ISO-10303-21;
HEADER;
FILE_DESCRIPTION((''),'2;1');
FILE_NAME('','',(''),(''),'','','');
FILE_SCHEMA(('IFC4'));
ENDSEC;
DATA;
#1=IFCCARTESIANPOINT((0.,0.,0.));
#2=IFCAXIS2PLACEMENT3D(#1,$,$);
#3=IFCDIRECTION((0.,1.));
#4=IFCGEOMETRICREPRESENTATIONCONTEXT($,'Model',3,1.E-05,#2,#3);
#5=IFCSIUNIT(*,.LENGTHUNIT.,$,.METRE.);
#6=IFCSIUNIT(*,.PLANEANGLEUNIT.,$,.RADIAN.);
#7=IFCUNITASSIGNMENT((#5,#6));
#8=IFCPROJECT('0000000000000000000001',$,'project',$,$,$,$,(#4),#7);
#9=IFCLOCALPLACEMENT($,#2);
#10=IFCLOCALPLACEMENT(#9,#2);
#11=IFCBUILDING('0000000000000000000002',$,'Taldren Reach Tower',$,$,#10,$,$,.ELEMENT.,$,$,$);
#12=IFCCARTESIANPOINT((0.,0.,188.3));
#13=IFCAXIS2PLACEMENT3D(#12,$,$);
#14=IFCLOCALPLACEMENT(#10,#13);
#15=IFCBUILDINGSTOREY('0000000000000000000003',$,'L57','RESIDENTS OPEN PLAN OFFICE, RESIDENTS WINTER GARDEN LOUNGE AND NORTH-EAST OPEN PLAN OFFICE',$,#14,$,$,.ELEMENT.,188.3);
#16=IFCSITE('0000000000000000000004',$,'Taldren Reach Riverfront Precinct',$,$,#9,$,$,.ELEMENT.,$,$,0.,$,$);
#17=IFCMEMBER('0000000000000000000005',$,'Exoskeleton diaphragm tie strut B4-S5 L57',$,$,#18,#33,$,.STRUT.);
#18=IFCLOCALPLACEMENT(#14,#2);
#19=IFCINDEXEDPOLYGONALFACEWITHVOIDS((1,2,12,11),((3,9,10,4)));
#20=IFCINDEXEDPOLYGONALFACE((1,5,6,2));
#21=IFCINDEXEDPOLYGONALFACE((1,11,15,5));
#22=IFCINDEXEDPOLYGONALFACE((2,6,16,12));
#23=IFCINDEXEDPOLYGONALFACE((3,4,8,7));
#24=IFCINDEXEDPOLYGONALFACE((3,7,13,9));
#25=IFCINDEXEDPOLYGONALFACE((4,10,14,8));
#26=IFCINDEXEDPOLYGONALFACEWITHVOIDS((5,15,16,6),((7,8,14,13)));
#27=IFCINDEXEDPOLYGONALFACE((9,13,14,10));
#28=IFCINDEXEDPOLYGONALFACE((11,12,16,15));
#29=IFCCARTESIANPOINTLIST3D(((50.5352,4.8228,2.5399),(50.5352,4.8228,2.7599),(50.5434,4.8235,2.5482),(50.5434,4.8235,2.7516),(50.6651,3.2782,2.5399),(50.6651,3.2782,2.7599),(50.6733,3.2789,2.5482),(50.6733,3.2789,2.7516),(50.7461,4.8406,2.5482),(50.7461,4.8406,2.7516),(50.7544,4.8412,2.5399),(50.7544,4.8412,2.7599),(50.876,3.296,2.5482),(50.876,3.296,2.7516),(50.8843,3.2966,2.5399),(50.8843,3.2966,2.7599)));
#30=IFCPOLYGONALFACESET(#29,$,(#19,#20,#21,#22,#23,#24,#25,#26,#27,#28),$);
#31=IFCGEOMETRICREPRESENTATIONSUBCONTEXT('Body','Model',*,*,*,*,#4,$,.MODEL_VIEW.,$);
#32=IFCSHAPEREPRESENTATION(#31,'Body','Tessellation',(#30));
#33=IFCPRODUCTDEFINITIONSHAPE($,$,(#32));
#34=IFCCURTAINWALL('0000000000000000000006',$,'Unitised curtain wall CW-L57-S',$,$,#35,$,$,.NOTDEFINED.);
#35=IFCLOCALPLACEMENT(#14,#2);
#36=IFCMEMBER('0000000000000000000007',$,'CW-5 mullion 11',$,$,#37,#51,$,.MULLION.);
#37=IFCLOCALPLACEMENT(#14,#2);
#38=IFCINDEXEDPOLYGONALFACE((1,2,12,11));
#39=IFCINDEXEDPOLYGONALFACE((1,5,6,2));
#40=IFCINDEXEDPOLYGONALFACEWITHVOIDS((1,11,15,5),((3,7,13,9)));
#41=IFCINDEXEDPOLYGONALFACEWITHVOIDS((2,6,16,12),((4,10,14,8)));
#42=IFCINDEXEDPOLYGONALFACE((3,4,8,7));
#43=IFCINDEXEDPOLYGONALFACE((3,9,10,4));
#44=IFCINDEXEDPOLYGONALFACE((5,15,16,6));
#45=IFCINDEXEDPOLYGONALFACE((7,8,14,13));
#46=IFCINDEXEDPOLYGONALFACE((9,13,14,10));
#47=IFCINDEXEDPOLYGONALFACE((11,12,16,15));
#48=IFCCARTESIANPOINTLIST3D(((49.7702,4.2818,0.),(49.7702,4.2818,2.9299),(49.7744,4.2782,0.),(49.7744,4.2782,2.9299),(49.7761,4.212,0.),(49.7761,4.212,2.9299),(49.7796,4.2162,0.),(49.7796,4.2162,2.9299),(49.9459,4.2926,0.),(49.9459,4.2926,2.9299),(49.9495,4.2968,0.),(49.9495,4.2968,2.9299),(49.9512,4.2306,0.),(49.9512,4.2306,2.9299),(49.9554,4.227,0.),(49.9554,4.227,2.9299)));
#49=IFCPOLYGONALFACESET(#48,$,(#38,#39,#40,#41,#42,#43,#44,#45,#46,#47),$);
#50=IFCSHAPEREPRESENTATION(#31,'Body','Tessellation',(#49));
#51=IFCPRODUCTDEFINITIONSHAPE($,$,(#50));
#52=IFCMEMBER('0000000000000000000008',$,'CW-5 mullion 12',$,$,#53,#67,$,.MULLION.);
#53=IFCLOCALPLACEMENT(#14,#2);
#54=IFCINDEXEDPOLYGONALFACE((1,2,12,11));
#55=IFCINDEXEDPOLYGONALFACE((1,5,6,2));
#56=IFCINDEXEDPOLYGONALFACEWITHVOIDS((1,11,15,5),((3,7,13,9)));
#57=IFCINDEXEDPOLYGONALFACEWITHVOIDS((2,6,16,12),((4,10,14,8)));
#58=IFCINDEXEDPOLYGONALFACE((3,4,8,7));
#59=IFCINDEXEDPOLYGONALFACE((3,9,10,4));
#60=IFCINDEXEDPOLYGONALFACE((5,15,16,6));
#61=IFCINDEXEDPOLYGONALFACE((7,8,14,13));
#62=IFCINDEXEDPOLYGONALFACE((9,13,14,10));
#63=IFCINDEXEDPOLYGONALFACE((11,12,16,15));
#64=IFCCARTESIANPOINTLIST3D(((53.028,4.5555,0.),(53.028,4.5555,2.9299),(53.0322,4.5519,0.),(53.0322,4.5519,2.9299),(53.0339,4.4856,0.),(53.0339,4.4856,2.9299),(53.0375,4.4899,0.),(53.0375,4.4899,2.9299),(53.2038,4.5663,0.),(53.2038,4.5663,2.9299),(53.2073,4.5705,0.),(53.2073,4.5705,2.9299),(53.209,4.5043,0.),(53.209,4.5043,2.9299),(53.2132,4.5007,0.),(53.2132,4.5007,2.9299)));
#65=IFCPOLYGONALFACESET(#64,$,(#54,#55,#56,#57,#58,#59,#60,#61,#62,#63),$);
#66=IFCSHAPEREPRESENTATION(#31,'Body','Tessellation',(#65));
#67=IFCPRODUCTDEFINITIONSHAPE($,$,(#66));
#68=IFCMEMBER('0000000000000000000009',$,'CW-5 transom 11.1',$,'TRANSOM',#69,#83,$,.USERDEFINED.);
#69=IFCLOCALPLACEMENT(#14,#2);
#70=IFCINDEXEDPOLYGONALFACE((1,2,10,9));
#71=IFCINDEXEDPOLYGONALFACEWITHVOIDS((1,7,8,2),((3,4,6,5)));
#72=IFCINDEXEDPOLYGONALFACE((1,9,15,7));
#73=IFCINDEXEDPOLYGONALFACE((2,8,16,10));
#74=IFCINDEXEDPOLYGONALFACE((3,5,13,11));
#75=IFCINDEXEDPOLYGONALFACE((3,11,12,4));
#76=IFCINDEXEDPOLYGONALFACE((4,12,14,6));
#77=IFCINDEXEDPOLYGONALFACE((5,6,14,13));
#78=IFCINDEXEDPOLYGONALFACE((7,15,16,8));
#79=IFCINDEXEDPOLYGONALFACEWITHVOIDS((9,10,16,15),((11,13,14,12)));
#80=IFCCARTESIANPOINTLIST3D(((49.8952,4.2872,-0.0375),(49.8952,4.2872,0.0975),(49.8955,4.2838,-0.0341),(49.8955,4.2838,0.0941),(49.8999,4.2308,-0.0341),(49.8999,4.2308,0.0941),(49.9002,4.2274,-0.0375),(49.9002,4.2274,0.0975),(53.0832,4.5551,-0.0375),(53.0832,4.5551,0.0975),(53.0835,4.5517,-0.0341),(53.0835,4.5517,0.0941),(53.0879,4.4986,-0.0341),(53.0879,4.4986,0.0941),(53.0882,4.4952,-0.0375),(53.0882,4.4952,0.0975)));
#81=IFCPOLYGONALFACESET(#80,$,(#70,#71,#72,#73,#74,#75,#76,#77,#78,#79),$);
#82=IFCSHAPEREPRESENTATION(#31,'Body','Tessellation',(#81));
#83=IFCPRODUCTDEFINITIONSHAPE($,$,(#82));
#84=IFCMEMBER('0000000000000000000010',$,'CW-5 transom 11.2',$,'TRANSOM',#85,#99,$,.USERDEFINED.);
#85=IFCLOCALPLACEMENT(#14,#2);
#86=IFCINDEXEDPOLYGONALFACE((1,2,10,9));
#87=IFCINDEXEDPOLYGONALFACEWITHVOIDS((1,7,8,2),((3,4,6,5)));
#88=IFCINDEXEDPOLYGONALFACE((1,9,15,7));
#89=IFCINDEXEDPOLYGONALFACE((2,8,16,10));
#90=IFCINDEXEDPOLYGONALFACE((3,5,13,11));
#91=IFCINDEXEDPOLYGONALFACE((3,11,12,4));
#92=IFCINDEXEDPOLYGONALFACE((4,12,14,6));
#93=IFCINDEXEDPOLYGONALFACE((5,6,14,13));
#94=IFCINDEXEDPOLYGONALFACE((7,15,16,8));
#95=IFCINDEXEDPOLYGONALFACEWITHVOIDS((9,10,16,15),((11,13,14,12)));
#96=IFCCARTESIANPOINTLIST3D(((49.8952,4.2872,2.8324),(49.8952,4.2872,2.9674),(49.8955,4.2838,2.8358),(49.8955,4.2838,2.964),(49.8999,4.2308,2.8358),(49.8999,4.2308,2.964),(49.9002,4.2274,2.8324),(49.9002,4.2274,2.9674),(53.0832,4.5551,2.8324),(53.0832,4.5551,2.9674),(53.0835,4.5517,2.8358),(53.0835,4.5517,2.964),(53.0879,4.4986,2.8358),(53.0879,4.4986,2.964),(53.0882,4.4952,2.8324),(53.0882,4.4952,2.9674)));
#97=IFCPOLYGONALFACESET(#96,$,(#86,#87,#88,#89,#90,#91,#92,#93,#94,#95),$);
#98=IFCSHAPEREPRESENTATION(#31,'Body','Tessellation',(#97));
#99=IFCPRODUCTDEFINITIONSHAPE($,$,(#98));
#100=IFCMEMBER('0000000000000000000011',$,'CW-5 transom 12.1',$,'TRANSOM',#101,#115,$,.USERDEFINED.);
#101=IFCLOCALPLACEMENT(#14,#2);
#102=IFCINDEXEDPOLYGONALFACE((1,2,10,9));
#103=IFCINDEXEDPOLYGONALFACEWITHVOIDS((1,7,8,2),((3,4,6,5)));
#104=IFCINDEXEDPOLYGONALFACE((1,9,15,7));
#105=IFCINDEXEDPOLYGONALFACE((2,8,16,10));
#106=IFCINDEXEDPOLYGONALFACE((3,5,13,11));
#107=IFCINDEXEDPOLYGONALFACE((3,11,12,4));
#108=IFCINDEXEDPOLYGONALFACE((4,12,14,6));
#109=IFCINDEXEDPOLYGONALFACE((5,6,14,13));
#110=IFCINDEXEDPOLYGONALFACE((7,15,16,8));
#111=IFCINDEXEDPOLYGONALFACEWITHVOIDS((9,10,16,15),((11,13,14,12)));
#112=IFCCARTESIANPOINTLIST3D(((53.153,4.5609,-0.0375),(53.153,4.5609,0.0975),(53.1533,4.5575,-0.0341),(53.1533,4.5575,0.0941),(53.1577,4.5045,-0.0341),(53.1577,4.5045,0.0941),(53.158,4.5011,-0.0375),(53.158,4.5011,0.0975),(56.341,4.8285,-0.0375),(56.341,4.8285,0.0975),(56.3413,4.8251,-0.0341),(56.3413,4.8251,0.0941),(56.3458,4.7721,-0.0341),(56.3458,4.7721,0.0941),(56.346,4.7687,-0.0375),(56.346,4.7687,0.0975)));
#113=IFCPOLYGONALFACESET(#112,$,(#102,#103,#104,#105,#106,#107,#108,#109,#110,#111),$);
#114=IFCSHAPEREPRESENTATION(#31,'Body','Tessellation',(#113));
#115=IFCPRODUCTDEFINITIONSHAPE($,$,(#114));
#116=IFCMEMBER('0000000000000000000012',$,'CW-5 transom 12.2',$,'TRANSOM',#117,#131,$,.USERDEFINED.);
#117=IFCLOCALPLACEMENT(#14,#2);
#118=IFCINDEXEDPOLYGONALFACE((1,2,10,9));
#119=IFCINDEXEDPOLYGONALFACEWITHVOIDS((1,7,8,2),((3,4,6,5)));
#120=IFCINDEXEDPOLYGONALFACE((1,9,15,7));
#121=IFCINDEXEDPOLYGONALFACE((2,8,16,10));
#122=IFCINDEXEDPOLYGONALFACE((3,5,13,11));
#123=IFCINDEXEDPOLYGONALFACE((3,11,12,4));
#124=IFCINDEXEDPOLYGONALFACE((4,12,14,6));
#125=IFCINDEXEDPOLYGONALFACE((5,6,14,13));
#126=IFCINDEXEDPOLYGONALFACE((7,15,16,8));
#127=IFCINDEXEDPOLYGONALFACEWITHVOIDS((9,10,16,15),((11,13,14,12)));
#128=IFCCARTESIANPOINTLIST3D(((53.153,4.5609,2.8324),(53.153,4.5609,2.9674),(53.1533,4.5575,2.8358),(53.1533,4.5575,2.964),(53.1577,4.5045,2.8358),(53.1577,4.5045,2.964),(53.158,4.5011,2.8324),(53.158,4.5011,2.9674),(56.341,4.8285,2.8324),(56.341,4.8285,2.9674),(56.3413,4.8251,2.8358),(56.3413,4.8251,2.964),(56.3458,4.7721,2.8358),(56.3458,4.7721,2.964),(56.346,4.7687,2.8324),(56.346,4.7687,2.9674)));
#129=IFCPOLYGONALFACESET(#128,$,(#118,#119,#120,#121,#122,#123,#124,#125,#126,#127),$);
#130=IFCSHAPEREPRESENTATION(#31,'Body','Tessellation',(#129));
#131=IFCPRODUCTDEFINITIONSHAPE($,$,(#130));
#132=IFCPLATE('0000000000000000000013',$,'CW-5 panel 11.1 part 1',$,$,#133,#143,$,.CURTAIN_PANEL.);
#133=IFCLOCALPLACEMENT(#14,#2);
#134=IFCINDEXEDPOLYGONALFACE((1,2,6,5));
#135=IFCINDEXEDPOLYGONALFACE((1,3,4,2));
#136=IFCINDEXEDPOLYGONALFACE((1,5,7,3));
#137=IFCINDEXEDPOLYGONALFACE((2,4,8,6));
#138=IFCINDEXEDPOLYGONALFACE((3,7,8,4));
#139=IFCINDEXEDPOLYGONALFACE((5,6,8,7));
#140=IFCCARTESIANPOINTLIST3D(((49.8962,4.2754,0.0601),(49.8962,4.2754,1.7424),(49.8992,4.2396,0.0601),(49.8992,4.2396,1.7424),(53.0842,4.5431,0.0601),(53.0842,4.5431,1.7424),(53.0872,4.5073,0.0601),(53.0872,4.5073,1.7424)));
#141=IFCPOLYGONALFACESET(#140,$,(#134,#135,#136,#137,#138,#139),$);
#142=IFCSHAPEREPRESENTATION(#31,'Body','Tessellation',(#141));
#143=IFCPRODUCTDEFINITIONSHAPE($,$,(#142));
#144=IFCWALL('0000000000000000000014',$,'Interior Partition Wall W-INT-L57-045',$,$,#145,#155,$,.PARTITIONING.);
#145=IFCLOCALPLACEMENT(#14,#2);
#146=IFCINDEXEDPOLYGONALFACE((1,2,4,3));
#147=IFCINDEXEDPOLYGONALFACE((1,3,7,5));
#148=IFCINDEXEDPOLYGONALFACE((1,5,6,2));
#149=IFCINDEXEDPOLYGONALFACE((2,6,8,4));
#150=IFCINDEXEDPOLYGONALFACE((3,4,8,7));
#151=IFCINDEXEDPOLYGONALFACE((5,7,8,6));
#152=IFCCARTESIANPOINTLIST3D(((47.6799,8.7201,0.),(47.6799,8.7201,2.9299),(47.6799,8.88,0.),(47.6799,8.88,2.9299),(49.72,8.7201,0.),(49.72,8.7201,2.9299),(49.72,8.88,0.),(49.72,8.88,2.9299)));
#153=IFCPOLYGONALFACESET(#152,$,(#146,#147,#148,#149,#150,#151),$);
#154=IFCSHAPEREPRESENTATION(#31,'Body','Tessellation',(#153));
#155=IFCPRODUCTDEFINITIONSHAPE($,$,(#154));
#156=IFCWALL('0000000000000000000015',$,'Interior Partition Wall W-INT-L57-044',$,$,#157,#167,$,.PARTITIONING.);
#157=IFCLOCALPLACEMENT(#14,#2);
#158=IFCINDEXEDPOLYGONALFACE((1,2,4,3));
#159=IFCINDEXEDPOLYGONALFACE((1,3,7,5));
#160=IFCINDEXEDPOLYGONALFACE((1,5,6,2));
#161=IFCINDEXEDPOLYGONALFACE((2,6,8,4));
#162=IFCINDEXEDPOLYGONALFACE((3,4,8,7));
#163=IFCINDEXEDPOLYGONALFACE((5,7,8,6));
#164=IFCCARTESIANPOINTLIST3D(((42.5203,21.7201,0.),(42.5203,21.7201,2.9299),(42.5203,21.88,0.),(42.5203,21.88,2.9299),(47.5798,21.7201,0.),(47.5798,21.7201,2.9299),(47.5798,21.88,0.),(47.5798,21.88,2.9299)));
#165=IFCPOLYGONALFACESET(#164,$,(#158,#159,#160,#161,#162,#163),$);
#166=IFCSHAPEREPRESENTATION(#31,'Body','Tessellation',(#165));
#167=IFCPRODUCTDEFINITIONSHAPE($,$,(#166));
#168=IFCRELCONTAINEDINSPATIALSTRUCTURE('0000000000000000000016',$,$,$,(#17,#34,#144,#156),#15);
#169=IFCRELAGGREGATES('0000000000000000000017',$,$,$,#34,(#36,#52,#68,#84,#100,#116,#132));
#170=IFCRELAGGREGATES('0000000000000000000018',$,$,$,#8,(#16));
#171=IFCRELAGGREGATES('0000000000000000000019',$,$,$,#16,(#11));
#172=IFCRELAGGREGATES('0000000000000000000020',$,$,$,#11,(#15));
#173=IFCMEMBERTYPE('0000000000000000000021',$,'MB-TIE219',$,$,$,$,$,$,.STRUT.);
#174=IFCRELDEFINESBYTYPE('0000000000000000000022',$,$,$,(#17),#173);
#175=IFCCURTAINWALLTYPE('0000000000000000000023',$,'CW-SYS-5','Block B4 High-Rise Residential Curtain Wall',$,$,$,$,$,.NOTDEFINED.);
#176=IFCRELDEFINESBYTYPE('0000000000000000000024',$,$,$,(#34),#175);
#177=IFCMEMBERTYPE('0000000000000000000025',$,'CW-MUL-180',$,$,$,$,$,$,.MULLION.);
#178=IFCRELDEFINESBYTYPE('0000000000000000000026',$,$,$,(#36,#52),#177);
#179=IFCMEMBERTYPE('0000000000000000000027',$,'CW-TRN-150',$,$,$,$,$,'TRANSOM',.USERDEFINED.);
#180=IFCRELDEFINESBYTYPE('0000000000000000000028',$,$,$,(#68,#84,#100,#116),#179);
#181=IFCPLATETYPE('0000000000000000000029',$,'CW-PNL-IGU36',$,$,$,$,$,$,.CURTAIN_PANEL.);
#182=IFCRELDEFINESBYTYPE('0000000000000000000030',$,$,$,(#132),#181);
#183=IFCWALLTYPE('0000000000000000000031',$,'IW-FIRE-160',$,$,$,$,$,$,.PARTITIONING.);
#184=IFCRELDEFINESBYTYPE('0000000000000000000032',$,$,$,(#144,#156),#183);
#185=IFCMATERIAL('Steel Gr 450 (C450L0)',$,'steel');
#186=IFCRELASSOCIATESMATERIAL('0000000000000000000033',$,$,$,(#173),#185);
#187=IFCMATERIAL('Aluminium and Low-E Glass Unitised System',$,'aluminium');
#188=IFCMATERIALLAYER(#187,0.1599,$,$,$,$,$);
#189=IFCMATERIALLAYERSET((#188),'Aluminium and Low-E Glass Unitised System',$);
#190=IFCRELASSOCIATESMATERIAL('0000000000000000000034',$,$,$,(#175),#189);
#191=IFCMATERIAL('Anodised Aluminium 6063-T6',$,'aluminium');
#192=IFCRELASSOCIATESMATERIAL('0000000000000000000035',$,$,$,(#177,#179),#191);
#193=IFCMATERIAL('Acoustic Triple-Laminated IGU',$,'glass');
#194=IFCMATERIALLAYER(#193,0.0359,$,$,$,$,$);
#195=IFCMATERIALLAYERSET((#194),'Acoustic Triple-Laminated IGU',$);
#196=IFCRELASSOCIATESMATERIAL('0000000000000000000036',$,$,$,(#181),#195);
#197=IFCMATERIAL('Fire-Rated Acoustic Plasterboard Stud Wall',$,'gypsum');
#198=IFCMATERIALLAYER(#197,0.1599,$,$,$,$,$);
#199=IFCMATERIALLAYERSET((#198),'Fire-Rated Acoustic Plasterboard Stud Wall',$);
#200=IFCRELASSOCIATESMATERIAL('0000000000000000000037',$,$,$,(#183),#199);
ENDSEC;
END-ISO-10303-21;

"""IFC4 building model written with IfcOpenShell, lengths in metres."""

from ifc_helpers import new_model, si_unit, direction, frame, frame_2d, origin, origin_2d, place, context, subcontext, project, spatial, rectangle, hollow_rectangle, extrude, source, transform, mapped, material, layer, layer_set, material_profile, profile_set, type_object, element, aggregate, save


model = new_model("IFC4")

# Units and contexts
model_context = context("Model", 3, precision=1e-05, world=origin(), true_north=direction((0.0, 1.0)))
body_context = subcontext(model_context, "Body", "Model", "MODEL_VIEW")
ifc_project = project(units=[si_unit("LENGTHUNIT", "METRE"), si_unit("PLANEANGLEUNIT", "RADIAN")], contexts=[model_context])

# Site, building, storey
site_placement = place(None, origin())
site = spatial("IfcSite", under=ifc_project, at=site_placement, Name="Taldren Reach Riverfront Precinct", CompositionType="ELEMENT", RefElevation=0.0)
building_placement = place(site_placement, origin())
building = spatial("IfcBuilding", under=site, at=building_placement, Name="Taldren Reach Tower", CompositionType="ELEMENT")
storey_placement = place(building_placement, frame((0.0, 0.0, 188.3)))
storey = spatial("IfcBuildingStorey", under=building, at=storey_placement, Name="L57", Description="RESIDENTS OPEN PLAN OFFICE, RESIDENTS WINTER GARDEN LOUNGE AND NORTH-EAST OPEN PLAN OFFICE", CompositionType="ELEMENT", Elevation=188.3)

# Shared definitions
ifc_material_1 = material(Name="Steel Gr 450 (C450L0)", Category="steel")

# Member
ifc_material_profile_1 = material_profile(ifc_material_1, hollow_rectangle(XDim=0.22, YDim=0.22, WallThickness=0.0083, at=origin_2d()), Name="220x220x8.2SHS")
ifc_profile_set_1 = profile_set([ifc_material_profile_1], Name="Steel Gr 450 (C450L0)")
member_type_1 = type_object("IfcMemberType", Name="MB-TIE219", PredefinedType="STRUT", material=ifc_profile_set_1)
shared_shape_1 = source(origin(), body_context, "Body", "SweptSolid", [
    extrude(hollow_rectangle(XDim=0.22, YDim=0.22, WallThickness=0.0083, at=origin_2d()), origin(), (0.0, 0.0, 1.0), 1.55),
])
member_1_placement = place(storey_placement, frame((50.6448, 4.832, 2.6499), z_axis=(0.083788, -0.996484, 0.0), x_axis=(0.996484, 0.083788, 0.0)))
element("IfcMember", 1, at=member_1_placement, inside=storey, type_object=member_type_1, Name="Exoskeleton diaphragm tie strut B4-S5 L57", PredefinedType="STRUT", context=body_context, shape_type="MappedRepresentation", body=[
    mapped(shared_shape_1, transform((0.0, 0.0, 0.0), scale=1.0)),
])

# Curtain wall, members, plate
ifc_material_2 = material(Name="Aluminium and Low-E Glass Unitised System", Category="aluminium")
ifc_layer_1 = layer(ifc_material_2, 0.1599)
ifc_layer_set_1 = layer_set([ifc_layer_1], Name="Aluminium and Low-E Glass Unitised System")
curtain_wall_type = type_object("IfcCurtainWallType", Name="CW-SYS-5", Description="Block B4 High-Rise Residential Curtain Wall", PredefinedType="NOTDEFINED", material=ifc_layer_set_1)
curtain_wall_placement = place(storey_placement, origin())
curtain_wall = element("IfcCurtainWall", 2, at=curtain_wall_placement, inside=storey, type_object=curtain_wall_type, Name="Unitised curtain wall CW-L57-S", PredefinedType="NOTDEFINED")
ifc_material_3 = material(Name="Anodised Aluminium 6063-T6", Category="aluminium")
ifc_material_profile_2 = material_profile(ifc_material_3, hollow_rectangle(XDim=0.0701, YDim=0.1799, WallThickness=0.0039, at=origin_2d()), Name="ALU-180x70x4RHS")
ifc_profile_set_2 = profile_set([ifc_material_profile_2], Name="Anodised Aluminium 6063-T6")
member_type_2 = type_object("IfcMemberType", Name="CW-MUL-180", PredefinedType="MULLION", material=ifc_profile_set_2)
shared_shape_2 = source(origin(), body_context, "Body", "SweptSolid", [
    extrude(hollow_rectangle(XDim=0.0701, YDim=0.1799, WallThickness=0.0039, at=origin_2d()), origin(), (0.0, 0.0, 1.0), 2.9299),
])
member_2_placement = place(storey_placement, frame((49.8628, 4.2544, 0.0), z_axis=(0.0, 0.0, 1.0), x_axis=(-0.083678, 0.996493, 0.0)))
member_2 = element("IfcMember", 3, at=member_2_placement, type_object=member_type_2, Name="CW-5 mullion 11", PredefinedType="MULLION", context=body_context, shape_type="MappedRepresentation", body=[
    mapped(shared_shape_2, transform((0.0, 0.0, 0.0), scale=1.0)),
])
member_3_placement = place(storey_placement, frame((53.1206, 4.5281, 0.0), z_axis=(0.0, 0.0, 1.0), x_axis=(-0.083678, 0.996493, 0.0)))
member_3 = element("IfcMember", 4, at=member_3_placement, type_object=member_type_2, Name="CW-5 mullion 12", PredefinedType="MULLION", context=body_context, shape_type="MappedRepresentation", body=[
    mapped(shared_shape_2, transform((0.0, 0.0, 0.0), scale=1.0)),
])
ifc_material_profile_3 = material_profile(ifc_material_3, hollow_rectangle(XDim=0.0601, YDim=0.135, WallThickness=0.0034, at=origin_2d()), Name="ALU-135x60x3.5RHS")
ifc_profile_set_3 = profile_set([ifc_material_profile_3], Name="Anodised Aluminium 6063-T6")
member_type_3 = type_object("IfcMemberType", Name="CW-TRN-150", ElementType="TRANSOM", PredefinedType="USERDEFINED", material=ifc_profile_set_3)
shared_shape_3 = source(origin(), body_context, "Body", "SweptSolid", [
    extrude(hollow_rectangle(XDim=0.0601, YDim=0.135, WallThickness=0.0034, at=origin_2d()), origin(), (0.0, 0.0, 1.0), 3.1992),
])
member_4_placement = place(storey_placement, frame((49.8977, 4.2573, 0.03), z_axis=(0.99649, 0.083715, 0.0), x_axis=(-0.083715, 0.99649, 0.0)))
member_4 = element("IfcMember", 5, at=member_4_placement, type_object=member_type_3, Name="CW-5 transom 11.1", ObjectType="TRANSOM", PredefinedType="USERDEFINED", context=body_context, shape_type="MappedRepresentation", body=[
    mapped(shared_shape_3, transform((0.0, 0.0, 0.0), scale=1.0)),
])
member_5_placement = place(storey_placement, frame((49.8977, 4.2573, 2.8999), z_axis=(0.99649, 0.083715, 0.0), x_axis=(-0.083715, 0.99649, 0.0)))
member_5 = element("IfcMember", 6, at=member_5_placement, type_object=member_type_3, Name="CW-5 transom 11.2", ObjectType="TRANSOM", PredefinedType="USERDEFINED", context=body_context, shape_type="MappedRepresentation", body=[
    mapped(shared_shape_3, transform((0.0, 0.0, 0.0), scale=1.0)),
])
member_6_placement = place(storey_placement, frame((53.1555, 4.531, 0.03), z_axis=(0.996496, 0.083639, 0.0), x_axis=(-0.083639, 0.996496, 0.0)))
member_6 = element("IfcMember", 7, at=member_6_placement, type_object=member_type_3, Name="CW-5 transom 12.1", ObjectType="TRANSOM", PredefinedType="USERDEFINED", context=body_context, shape_type="MappedRepresentation", body=[
    mapped(shared_shape_3, transform((0.0, 0.0, 0.0), scale=1.0)),
])
member_7_placement = place(storey_placement, frame((53.1555, 4.531, 2.8999), z_axis=(0.996496, 0.083639, 0.0), x_axis=(-0.083639, 0.996496, 0.0)))
member_7 = element("IfcMember", 8, at=member_7_placement, type_object=member_type_3, Name="CW-5 transom 12.2", ObjectType="TRANSOM", PredefinedType="USERDEFINED", context=body_context, shape_type="MappedRepresentation", body=[
    mapped(shared_shape_3, transform((0.0, 0.0, 0.0), scale=1.0)),
])
ifc_material_4 = material(Name="Acoustic Triple-Laminated IGU", Category="glass")
ifc_layer_2 = layer(ifc_material_4, 0.0359)
ifc_layer_set_2 = layer_set([ifc_layer_2], Name="Acoustic Triple-Laminated IGU")
plate_type = type_object("IfcPlateType", Name="CW-PNL-IGU36", PredefinedType="CURTAIN_PANEL", material=ifc_layer_set_2)
shared_shape_4 = source(origin(), body_context, "Body", "SweptSolid", [
    extrude(rectangle(XDim=3.1992, YDim=0.0359, at=origin_2d()), origin(), (0.0, 0.0, 1.0), 1.6824),
])
plate_placement = place(storey_placement, frame((51.4917, 4.3914, 0.0601), z_axis=(0.0, 0.0, 1.0), x_axis=(0.996493, 0.083678, 0.0)))
plate = element("IfcPlate", 9, at=plate_placement, type_object=plate_type, Name="CW-5 panel 11.1 part 1", PredefinedType="CURTAIN_PANEL", context=body_context, shape_type="MappedRepresentation", body=[
    mapped(shared_shape_4, transform((0.0, 0.0, 0.0), scale=1.0)),
])
aggregate(curtain_wall, [member_2, member_3, member_4, member_5, member_6, member_7, plate])

# Walls
ifc_material_5 = material(Name="Fire-Rated Acoustic Plasterboard Stud Wall", Category="gypsum")
ifc_layer_3 = layer(ifc_material_5, 0.1599)
ifc_layer_set_3 = layer_set([ifc_layer_3], Name="Fire-Rated Acoustic Plasterboard Stud Wall")
wall_type_1 = type_object("IfcWallType", Name="IW-FIRE-160", PredefinedType="PARTITIONING", material=ifc_layer_set_3)
shared_shape_5 = source(origin(), body_context, "Body", "SweptSolid", [
    extrude(rectangle(XDim=2.04, YDim=0.1599, at=frame_2d((1.02, 0.0))), origin(), (0.0, 0.0, 1.0), 2.9299),
])
wall_1_placement = place(storey_placement, frame((49.72, 8.8, 0.0), z_axis=(0.0, 0.0, 1.0), x_axis=(-1.0, 0.0, 0.0)))
element("IfcWall", 10, at=wall_1_placement, inside=storey, type_object=wall_type_1, Name="Interior Partition Wall W-INT-L57-045", PredefinedType="PARTITIONING", context=body_context, shape_type="MappedRepresentation", body=[
    mapped(shared_shape_5, transform((0.0, 0.0, 0.0), scale=1.0)),
])
shared_shape_6 = source(origin(), body_context, "Body", "SweptSolid", [
    extrude(rectangle(XDim=5.0596, YDim=0.1599, at=frame_2d((2.5298, 0.0))), origin(), (0.0, 0.0, 1.0), 2.9299),
])
wall_2_placement = place(storey_placement, frame((47.5798, 21.8, 0.0), z_axis=(0.0, 0.0, 1.0), x_axis=(-1.0, 0.0, 0.0)))
element("IfcWall", 11, at=wall_2_placement, inside=storey, type_object=wall_type_1, Name="Interior Partition Wall W-INT-L57-044", PredefinedType="PARTITIONING", context=body_context, shape_type="MappedRepresentation", body=[
    mapped(shared_shape_6, transform((0.0, 0.0, 0.0), scale=1.0)),
])

save(model, "model.ifc")
